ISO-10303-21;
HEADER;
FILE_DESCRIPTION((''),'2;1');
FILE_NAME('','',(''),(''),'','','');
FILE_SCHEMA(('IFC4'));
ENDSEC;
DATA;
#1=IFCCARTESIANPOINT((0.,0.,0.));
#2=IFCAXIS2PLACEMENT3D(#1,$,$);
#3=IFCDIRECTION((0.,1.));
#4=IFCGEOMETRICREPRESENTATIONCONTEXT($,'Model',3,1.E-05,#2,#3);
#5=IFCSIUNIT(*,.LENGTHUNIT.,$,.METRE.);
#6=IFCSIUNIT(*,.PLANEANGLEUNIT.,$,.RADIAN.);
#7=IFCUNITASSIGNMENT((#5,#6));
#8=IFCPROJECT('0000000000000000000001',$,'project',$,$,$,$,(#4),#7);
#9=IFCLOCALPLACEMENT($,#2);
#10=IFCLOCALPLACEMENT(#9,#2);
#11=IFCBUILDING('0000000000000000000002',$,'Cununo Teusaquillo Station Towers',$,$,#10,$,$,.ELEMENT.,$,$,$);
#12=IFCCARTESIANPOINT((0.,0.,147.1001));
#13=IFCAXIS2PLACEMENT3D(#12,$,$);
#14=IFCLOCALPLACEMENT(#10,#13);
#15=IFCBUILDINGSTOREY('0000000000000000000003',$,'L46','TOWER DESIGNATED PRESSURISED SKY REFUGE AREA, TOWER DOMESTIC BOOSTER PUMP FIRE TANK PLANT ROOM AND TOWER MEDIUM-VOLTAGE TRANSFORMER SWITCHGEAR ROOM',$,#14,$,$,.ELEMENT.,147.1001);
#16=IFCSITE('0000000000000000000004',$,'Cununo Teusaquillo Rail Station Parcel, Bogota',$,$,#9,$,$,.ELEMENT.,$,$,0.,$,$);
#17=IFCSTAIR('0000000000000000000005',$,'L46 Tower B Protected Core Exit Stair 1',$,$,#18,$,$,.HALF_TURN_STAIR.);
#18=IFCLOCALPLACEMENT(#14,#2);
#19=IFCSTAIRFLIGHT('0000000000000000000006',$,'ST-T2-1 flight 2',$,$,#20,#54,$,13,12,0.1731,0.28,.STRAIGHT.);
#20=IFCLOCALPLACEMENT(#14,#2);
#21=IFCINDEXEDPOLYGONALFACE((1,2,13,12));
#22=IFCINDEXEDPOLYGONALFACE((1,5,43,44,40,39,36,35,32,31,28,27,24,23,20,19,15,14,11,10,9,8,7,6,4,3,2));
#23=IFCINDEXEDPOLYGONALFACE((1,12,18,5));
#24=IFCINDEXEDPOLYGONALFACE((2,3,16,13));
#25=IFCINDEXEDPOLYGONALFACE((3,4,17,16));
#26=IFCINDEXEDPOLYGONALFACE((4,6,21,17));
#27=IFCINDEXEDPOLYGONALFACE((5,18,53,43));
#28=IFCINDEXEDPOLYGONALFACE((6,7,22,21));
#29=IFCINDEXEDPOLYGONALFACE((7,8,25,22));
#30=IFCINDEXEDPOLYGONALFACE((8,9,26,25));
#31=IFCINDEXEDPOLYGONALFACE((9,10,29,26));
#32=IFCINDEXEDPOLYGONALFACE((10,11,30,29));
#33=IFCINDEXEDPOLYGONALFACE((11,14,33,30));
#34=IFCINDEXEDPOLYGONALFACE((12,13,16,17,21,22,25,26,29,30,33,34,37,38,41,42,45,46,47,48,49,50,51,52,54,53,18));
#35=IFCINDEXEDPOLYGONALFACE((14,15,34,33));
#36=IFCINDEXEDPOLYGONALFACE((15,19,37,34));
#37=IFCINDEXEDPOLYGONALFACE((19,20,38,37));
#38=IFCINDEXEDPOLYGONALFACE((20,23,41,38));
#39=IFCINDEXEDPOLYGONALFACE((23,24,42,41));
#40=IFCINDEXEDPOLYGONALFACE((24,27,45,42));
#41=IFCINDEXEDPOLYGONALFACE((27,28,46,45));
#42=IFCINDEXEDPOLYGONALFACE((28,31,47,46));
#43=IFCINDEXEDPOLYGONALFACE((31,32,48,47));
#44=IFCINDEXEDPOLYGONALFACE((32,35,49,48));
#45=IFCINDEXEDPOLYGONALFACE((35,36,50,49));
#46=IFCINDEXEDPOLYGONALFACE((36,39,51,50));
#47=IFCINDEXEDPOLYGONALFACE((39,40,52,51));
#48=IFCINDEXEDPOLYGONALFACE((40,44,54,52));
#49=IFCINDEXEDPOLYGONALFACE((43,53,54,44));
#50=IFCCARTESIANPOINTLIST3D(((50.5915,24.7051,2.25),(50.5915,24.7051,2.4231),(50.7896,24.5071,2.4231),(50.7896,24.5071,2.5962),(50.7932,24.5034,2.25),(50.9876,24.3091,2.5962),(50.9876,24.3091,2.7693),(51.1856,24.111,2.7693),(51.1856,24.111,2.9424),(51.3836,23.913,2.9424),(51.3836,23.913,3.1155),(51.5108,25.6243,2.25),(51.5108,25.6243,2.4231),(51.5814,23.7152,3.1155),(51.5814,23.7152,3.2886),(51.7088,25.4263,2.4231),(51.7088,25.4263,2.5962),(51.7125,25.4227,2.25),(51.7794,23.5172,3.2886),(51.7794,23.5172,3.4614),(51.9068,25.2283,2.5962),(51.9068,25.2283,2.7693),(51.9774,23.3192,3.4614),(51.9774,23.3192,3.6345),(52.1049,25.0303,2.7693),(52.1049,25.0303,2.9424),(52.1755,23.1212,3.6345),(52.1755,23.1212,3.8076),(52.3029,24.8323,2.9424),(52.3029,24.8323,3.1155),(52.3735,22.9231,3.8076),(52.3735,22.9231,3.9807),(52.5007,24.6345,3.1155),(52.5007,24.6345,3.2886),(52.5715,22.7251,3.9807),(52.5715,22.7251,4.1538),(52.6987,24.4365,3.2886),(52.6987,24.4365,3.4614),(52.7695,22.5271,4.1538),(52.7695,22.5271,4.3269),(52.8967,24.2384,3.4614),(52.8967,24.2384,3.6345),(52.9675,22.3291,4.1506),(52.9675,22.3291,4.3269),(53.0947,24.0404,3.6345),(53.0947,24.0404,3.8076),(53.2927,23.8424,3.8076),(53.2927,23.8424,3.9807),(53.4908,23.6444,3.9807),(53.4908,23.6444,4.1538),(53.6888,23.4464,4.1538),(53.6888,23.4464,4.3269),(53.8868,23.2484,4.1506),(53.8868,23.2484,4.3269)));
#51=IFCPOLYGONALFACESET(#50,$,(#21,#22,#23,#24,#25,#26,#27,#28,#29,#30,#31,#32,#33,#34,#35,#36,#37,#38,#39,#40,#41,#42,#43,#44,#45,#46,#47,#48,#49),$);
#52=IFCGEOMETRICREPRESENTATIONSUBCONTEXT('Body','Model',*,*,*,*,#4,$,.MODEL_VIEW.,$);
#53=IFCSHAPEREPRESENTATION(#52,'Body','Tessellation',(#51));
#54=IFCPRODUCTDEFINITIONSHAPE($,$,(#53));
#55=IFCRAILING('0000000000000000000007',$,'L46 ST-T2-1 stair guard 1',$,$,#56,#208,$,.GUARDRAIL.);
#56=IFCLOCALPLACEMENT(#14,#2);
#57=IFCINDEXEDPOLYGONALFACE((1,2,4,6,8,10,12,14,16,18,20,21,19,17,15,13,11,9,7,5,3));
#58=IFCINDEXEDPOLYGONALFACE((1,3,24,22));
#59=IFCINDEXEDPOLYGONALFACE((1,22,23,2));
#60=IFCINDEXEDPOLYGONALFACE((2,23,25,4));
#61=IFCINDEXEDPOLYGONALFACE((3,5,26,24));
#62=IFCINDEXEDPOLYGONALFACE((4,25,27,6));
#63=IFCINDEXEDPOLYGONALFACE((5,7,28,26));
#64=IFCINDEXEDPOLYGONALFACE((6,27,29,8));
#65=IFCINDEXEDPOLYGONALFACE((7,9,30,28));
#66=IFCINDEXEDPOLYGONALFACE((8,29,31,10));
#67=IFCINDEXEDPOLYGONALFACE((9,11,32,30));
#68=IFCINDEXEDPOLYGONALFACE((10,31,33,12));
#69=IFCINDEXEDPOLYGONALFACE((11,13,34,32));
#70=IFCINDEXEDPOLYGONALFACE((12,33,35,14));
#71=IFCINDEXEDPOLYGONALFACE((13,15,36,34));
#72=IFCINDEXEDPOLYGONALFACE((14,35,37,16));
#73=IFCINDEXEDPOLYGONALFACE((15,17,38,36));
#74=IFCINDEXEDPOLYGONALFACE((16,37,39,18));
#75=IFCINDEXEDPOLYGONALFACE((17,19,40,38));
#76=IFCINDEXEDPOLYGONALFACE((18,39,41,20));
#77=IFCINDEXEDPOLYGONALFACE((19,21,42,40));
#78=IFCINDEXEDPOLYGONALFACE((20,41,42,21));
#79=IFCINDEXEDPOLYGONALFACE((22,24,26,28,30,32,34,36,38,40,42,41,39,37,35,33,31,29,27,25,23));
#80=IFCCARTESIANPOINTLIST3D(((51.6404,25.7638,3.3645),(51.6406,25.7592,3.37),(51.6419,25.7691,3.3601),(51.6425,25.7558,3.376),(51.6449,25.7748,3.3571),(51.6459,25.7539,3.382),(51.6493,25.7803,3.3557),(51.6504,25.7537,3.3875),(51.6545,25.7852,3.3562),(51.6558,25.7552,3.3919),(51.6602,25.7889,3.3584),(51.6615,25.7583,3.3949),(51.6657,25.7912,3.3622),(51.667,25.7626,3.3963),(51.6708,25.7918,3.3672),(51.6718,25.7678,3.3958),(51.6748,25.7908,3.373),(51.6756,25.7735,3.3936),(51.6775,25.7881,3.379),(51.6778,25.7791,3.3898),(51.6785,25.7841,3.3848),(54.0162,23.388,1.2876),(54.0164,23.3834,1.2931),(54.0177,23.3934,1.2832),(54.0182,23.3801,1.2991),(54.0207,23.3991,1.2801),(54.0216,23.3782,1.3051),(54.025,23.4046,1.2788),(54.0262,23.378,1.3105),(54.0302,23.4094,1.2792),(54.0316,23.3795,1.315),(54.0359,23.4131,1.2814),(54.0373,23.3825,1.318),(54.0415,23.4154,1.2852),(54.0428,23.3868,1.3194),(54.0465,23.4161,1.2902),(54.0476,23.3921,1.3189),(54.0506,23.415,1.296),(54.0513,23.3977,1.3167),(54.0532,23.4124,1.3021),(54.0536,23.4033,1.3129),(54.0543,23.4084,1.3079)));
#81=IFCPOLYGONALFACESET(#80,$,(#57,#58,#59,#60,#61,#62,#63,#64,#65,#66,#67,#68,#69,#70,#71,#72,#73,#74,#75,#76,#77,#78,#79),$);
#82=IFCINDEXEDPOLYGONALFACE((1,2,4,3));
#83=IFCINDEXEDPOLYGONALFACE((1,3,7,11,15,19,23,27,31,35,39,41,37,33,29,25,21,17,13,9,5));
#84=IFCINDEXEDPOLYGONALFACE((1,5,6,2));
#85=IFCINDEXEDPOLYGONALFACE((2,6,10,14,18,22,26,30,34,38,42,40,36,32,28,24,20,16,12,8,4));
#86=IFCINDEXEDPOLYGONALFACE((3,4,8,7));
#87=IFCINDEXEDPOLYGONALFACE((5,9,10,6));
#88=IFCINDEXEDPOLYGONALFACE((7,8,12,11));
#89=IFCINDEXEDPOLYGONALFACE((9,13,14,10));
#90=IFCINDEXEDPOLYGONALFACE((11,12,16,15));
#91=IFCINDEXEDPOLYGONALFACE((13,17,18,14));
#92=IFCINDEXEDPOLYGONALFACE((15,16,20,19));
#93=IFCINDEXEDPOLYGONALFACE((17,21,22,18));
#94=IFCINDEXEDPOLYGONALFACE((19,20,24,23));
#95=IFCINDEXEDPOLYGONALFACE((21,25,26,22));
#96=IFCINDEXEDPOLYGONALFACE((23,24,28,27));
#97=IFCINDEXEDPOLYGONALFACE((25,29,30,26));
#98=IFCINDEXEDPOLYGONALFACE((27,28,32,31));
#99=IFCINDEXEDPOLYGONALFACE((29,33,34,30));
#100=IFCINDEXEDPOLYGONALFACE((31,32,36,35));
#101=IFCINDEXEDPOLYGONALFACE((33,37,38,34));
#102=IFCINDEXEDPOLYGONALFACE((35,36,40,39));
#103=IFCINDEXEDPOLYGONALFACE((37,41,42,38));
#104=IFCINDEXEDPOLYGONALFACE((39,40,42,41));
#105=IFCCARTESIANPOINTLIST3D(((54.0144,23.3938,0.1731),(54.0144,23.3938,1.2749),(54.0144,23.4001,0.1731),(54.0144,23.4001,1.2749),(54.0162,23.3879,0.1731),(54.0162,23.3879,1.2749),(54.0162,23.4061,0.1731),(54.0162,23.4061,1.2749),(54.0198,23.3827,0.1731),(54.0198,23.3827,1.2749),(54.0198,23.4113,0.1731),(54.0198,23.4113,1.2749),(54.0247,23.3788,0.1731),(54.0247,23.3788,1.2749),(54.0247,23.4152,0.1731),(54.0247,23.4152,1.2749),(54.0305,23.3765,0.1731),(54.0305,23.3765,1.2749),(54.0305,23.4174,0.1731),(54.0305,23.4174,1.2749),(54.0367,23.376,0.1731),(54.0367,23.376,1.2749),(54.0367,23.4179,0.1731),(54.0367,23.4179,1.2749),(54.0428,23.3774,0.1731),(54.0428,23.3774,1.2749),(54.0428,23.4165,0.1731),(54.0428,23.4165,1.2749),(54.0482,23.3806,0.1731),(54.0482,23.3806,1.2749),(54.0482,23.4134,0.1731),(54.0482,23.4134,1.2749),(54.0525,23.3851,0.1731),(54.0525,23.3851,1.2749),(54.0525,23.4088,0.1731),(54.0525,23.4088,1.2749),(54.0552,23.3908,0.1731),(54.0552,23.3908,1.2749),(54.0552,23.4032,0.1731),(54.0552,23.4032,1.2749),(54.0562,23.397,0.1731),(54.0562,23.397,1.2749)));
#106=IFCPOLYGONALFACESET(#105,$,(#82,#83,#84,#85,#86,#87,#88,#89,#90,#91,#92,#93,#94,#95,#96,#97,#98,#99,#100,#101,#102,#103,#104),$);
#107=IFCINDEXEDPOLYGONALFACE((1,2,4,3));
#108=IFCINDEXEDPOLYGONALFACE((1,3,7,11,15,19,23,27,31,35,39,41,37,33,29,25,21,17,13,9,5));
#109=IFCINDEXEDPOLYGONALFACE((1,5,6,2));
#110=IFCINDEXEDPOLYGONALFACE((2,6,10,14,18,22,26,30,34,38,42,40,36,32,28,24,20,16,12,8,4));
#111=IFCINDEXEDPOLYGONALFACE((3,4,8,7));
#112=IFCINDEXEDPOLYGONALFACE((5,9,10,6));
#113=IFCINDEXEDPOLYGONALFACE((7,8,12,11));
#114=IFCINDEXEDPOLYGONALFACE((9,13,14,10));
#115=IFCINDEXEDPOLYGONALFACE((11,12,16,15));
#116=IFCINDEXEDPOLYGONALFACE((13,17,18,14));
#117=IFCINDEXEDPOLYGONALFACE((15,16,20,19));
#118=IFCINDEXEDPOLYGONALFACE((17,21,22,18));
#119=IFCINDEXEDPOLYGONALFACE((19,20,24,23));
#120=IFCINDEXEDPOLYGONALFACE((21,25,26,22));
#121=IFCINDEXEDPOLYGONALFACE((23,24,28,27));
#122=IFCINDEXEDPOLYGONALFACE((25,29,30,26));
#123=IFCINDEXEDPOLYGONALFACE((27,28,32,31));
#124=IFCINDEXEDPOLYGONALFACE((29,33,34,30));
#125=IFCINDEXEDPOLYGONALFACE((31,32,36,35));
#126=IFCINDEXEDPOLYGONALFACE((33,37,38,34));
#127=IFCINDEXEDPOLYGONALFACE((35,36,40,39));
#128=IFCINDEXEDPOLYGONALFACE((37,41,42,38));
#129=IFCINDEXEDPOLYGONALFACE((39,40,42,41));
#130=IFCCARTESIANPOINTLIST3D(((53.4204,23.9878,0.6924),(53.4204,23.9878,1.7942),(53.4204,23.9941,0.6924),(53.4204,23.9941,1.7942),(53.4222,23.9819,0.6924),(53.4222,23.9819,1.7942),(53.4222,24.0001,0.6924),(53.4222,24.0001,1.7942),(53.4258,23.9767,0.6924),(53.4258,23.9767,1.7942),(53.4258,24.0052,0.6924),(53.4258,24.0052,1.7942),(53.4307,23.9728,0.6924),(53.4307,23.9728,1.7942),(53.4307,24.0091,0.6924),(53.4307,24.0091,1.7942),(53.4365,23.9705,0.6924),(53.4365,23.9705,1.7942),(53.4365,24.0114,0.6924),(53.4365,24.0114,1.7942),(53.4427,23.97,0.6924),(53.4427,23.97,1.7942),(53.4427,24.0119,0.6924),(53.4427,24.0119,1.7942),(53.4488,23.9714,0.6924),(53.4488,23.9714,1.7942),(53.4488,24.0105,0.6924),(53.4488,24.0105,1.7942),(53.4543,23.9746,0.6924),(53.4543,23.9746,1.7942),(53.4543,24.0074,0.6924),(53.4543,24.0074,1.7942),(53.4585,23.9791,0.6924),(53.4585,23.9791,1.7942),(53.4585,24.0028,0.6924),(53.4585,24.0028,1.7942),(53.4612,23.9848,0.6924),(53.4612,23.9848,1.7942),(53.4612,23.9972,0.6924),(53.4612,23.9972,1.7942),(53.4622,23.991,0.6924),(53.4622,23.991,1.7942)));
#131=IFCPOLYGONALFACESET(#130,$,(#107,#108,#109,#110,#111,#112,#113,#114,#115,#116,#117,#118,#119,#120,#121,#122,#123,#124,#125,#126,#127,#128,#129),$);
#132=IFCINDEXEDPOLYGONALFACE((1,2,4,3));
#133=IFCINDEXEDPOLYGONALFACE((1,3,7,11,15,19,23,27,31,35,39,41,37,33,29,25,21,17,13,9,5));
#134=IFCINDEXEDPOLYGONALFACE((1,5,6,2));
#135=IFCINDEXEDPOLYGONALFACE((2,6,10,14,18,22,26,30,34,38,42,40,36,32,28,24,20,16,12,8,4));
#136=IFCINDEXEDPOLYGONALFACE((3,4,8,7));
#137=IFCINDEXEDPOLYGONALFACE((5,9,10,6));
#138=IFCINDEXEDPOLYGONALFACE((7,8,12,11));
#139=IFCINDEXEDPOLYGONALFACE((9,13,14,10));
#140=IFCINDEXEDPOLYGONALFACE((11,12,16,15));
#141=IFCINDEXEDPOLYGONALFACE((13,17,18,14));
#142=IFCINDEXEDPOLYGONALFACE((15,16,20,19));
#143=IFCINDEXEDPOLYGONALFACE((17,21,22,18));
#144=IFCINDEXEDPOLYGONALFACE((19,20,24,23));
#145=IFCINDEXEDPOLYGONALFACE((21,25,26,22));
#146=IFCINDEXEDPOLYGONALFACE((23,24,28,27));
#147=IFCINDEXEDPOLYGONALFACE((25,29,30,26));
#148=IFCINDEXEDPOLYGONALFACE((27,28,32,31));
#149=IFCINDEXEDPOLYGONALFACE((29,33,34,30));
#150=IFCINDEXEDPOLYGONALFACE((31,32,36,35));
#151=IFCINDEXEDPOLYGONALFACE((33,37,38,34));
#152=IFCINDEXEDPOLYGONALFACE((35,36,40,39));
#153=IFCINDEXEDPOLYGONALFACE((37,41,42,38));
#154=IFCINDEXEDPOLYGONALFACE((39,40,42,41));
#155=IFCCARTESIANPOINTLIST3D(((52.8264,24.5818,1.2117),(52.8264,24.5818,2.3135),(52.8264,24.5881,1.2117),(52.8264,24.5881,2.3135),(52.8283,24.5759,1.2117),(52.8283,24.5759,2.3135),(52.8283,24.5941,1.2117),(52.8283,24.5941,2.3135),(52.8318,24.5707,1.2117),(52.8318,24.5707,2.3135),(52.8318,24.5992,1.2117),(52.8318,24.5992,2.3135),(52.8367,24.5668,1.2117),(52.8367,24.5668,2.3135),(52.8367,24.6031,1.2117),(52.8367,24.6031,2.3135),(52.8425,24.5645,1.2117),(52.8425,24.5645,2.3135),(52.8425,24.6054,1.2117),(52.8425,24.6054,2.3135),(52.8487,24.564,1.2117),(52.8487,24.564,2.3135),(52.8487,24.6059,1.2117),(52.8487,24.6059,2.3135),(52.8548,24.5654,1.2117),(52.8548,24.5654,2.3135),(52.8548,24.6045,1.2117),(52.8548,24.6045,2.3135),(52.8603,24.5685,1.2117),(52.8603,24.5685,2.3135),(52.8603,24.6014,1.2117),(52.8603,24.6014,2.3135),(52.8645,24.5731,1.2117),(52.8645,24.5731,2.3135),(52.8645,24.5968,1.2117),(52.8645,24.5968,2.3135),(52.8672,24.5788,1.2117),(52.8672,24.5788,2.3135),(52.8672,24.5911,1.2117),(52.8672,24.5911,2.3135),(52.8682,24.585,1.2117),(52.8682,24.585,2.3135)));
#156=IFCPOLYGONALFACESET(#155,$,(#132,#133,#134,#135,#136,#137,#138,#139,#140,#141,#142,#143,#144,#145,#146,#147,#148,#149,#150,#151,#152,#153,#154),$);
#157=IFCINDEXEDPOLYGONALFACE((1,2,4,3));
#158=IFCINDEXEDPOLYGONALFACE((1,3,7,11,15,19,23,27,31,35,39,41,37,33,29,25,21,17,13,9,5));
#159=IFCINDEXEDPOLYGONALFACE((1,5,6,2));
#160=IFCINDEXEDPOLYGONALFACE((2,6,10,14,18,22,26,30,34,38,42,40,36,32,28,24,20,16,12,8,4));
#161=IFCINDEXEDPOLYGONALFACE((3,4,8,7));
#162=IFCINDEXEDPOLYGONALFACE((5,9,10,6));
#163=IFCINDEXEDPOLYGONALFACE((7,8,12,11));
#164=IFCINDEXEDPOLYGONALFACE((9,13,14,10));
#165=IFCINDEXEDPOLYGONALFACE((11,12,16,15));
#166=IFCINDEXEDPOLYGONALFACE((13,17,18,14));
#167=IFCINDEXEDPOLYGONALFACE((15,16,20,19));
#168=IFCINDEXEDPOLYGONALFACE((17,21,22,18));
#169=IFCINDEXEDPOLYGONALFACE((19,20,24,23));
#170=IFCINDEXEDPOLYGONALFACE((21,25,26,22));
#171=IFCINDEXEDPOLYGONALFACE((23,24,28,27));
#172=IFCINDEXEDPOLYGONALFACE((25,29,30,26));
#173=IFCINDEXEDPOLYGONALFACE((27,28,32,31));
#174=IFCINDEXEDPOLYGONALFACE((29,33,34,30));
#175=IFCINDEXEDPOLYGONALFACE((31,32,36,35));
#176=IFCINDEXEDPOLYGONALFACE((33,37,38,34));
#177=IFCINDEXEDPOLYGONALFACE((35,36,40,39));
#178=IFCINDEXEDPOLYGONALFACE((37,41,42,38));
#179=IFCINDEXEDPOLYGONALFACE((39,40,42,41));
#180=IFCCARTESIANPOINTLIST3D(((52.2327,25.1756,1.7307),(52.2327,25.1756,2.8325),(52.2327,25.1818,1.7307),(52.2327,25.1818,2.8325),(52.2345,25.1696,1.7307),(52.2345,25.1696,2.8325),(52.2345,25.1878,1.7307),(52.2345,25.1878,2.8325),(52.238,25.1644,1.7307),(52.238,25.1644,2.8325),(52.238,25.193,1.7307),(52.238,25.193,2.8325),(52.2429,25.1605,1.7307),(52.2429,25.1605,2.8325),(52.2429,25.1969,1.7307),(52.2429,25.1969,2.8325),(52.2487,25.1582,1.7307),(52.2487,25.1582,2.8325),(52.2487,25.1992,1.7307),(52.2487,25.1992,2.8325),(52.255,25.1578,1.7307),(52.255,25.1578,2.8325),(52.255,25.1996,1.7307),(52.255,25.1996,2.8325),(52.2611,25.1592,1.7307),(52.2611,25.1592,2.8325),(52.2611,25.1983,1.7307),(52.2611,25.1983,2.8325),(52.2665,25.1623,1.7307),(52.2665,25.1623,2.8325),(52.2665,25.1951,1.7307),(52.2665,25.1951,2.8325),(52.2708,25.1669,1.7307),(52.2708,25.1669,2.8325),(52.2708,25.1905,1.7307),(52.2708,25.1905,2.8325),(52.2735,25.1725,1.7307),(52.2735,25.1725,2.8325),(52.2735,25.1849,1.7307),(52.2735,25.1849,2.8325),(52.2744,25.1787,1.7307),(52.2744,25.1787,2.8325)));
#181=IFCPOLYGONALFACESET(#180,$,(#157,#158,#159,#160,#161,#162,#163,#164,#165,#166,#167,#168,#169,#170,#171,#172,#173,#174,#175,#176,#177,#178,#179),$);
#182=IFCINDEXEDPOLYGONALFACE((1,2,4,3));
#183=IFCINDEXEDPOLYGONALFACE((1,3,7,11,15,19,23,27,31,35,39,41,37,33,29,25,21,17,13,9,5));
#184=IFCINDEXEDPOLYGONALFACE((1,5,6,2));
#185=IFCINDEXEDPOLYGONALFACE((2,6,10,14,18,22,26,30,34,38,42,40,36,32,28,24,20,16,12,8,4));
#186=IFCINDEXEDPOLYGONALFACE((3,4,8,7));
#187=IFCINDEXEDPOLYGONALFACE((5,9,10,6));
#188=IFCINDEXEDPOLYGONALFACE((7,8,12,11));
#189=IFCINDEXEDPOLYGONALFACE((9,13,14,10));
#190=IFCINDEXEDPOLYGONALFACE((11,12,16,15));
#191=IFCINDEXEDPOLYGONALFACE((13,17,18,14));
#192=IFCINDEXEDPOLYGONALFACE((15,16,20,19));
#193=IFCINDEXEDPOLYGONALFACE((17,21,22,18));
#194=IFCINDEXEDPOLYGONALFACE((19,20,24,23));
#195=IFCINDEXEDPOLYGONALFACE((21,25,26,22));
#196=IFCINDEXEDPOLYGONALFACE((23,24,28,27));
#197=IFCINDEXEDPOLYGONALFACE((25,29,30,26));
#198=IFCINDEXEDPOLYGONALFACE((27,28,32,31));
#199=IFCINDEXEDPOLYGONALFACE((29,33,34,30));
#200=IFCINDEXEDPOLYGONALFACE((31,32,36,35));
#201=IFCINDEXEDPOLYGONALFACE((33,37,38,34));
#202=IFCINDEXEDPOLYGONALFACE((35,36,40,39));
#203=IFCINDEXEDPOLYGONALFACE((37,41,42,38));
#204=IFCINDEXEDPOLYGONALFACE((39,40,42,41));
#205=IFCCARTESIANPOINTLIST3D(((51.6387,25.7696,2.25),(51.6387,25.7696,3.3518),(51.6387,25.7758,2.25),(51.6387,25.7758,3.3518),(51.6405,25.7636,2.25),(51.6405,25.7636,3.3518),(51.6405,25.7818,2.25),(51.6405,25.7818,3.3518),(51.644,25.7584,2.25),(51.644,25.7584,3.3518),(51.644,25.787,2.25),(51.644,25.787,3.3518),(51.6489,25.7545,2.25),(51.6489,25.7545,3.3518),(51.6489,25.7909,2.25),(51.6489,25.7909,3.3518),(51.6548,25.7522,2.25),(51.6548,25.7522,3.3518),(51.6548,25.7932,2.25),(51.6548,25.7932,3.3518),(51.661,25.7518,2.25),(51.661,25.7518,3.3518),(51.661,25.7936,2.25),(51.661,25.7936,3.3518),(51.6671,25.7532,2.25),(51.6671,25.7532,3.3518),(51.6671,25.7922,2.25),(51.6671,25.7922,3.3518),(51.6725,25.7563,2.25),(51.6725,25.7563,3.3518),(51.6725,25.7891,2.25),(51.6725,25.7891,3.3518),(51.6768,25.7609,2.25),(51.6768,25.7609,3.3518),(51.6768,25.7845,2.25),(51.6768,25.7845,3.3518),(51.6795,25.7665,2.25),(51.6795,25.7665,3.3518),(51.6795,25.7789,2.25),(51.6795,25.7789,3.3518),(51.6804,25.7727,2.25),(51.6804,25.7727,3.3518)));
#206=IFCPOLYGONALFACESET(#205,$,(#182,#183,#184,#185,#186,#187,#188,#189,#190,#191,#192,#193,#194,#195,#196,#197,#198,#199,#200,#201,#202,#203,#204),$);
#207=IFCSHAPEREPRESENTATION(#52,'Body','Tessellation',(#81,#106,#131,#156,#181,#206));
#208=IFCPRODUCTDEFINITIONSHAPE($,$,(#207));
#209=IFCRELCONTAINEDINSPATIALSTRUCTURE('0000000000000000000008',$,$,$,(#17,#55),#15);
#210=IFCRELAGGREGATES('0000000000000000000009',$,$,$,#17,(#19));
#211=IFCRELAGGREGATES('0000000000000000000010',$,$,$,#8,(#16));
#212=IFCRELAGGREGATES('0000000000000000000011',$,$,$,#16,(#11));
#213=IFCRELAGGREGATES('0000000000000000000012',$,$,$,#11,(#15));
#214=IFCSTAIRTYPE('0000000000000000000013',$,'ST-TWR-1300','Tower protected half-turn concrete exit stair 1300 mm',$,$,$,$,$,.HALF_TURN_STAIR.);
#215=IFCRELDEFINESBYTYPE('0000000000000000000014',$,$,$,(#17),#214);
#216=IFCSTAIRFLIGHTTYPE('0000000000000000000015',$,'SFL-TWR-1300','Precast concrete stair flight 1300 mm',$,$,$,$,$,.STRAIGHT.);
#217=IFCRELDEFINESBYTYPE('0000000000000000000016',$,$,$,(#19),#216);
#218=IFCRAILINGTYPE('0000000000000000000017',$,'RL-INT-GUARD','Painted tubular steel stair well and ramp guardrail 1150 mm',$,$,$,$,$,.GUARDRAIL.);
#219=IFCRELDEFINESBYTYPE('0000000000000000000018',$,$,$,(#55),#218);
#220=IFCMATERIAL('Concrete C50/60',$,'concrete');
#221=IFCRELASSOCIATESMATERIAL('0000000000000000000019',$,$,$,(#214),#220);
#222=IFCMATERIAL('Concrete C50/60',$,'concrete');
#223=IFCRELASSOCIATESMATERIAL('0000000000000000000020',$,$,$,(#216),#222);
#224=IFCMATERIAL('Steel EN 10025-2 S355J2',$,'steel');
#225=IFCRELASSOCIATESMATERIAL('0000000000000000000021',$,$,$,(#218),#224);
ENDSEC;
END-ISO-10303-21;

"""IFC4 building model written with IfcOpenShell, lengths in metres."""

from ifc_helpers import new_model, si_unit, direction, frame, origin, origin_2d, place, context, subcontext, project, spatial, polyline, circle, outline, extrude, material, type_object, element, aggregate, save


model = new_model("IFC4")

# Units and contexts
model_context = context("Model", 3, precision=1e-05, world=origin(), true_north=direction((0.0, 1.0)))
body_context = subcontext(model_context, "Body", "Model", "MODEL_VIEW")
ifc_project = project(units=[si_unit("LENGTHUNIT", "METRE"), si_unit("PLANEANGLEUNIT", "RADIAN")], contexts=[model_context])

# Site, building, storey
site_placement = place(None, origin())
site = spatial("IfcSite", under=ifc_project, at=site_placement, Name="Cununo Teusaquillo Rail Station Parcel, Bogota", CompositionType="ELEMENT", RefElevation=0.0)
building_placement = place(site_placement, origin())
building = spatial("IfcBuilding", under=site, at=building_placement, Name="Cununo Teusaquillo Station Towers", CompositionType="ELEMENT")
storey_placement = place(building_placement, frame((0.0, 0.0, 147.1001)))
storey = spatial("IfcBuildingStorey", under=building, at=storey_placement, Name="L46", Description="TOWER DESIGNATED PRESSURISED SKY REFUGE AREA, TOWER DOMESTIC BOOSTER PUMP FIRE TANK PLANT ROOM AND TOWER MEDIUM-VOLTAGE TRANSFORMER SWITCHGEAR ROOM", CompositionType="ELEMENT", Elevation=147.1001)

# Stair, stair flight
ifc_material_1 = material(Name="Concrete C50/60", Category="concrete")
stair_type = type_object("IfcStairType", Name="ST-TWR-1300", Description="Tower protected half-turn concrete exit stair 1300 mm", PredefinedType="HALF_TURN_STAIR", material=ifc_material_1)
stair_placement = place(storey_placement, origin())
stair = element("IfcStair", 1, at=stair_placement, inside=storey, type_object=stair_type, Name="L46 Tower B Protected Core Exit Stair 1", PredefinedType="HALF_TURN_STAIR")
ifc_material_2 = material(Name="Concrete C50/60", Category="concrete")
stair_flight_type = type_object("IfcStairFlightType", Name="SFL-TWR-1300", Description="Precast concrete stair flight 1300 mm", PredefinedType="STRAIGHT", material=ifc_material_2)
stair_flight_1_placement = place(storey_placement, frame((51.0513, 25.1648, 2.25), z_axis=(0.0, 0.0, 1.0), x_axis=(0.707107, -0.707107, 0.0)))
stair_flight_1 = element("IfcStairFlight", 2, at=stair_flight_1_placement, type_object=stair_flight_type, Name="ST-T2-1 flight 2", NumberOfRisers=13, NumberOfTreads=12, PredefinedType="STRAIGHT", RiserHeight=0.1731, TreadLength=0.28, context=body_context, shape_type="SweptSolid", body=[
    extrude(outline(polyline([(0.0, 0.0), (0.0, 0.1731), (0.28, 0.1731), (0.28, 0.3462), (0.5601, 0.3462), (0.5601, 0.5193), (0.8401, 0.5193), (0.8401, 0.6924), (1.1201, 0.6924), (1.1201, 0.8655), (1.3999, 0.8655), (1.3999, 1.0386), (1.6799, 1.0386), (1.6799, 1.2114), (1.96, 1.2114), (1.96, 1.3845), (2.24, 1.3845), (2.24, 1.5576), (2.52, 1.5576), (2.52, 1.7307), (2.8, 1.7307), (2.8, 1.9038), (3.0801, 1.9038), (3.0801, 2.0769), (3.3601, 2.0769), (3.3601, 2.25), (3.3601, 1.9006), (0.2852, 0.0), (0.0, 0.0)])), frame((0.0, 0.6499, 0.0), z_axis=(0.0, -1.0, 0.0), x_axis=(1.0, 0.0, 0.0)), (0.0, 0.0, 1.0), 1.3),
])
aggregate(stair, [stair_flight_1])

# Railing
ifc_material_3 = material(Name="Steel EN 10025-2 S355J2", Category="steel")
railing_type_1 = type_object("IfcRailingType", Name="RL-INT-GUARD", Description="Painted tubular steel stair well and ramp guardrail 1150 mm", PredefinedType="GUARDRAIL", material=ifc_material_3)
railing_1_placement = place(storey_placement, frame((54.0352, 23.397, 0.1731)))
element("IfcRailing", 3, at=railing_1_placement, inside=storey, type_object=railing_type_1, Name="L46 ST-T2-1 stair guard 1", PredefinedType="GUARDRAIL", context=body_context, shape_type="SweptSolid", body=[
    extrude(circle(Radius=0.0239, at=origin_2d()), frame((0.0, 0.0, 1.126), z_axis=(-0.601466, 0.601466, 0.525811), x_axis=(-0.707107, -0.707107, 0.0)), (0.0, 0.0, 1.0), 3.95),
    extrude(circle(Radius=0.021, at=origin_2d()), origin(), (0.0, 0.0, 1.0), 1.1018),
    extrude(circle(Radius=0.021, at=origin_2d()), frame((-0.594, 0.594, 0.5193)), (0.0, 0.0, 1.0), 1.1018),
    extrude(circle(Radius=0.021, at=origin_2d()), frame((-1.188, 1.188, 1.0386)), (0.0, 0.0, 1.0), 1.1018),
    extrude(circle(Radius=0.021, at=origin_2d()), frame((-1.7817, 1.7817, 1.5576)), (0.0, 0.0, 1.0), 1.1018),
    extrude(circle(Radius=0.021, at=origin_2d()), frame((-2.3757, 2.3757, 2.0769)), (0.0, 0.0, 1.0), 1.1018),
])

save(model, "model.ifc")
